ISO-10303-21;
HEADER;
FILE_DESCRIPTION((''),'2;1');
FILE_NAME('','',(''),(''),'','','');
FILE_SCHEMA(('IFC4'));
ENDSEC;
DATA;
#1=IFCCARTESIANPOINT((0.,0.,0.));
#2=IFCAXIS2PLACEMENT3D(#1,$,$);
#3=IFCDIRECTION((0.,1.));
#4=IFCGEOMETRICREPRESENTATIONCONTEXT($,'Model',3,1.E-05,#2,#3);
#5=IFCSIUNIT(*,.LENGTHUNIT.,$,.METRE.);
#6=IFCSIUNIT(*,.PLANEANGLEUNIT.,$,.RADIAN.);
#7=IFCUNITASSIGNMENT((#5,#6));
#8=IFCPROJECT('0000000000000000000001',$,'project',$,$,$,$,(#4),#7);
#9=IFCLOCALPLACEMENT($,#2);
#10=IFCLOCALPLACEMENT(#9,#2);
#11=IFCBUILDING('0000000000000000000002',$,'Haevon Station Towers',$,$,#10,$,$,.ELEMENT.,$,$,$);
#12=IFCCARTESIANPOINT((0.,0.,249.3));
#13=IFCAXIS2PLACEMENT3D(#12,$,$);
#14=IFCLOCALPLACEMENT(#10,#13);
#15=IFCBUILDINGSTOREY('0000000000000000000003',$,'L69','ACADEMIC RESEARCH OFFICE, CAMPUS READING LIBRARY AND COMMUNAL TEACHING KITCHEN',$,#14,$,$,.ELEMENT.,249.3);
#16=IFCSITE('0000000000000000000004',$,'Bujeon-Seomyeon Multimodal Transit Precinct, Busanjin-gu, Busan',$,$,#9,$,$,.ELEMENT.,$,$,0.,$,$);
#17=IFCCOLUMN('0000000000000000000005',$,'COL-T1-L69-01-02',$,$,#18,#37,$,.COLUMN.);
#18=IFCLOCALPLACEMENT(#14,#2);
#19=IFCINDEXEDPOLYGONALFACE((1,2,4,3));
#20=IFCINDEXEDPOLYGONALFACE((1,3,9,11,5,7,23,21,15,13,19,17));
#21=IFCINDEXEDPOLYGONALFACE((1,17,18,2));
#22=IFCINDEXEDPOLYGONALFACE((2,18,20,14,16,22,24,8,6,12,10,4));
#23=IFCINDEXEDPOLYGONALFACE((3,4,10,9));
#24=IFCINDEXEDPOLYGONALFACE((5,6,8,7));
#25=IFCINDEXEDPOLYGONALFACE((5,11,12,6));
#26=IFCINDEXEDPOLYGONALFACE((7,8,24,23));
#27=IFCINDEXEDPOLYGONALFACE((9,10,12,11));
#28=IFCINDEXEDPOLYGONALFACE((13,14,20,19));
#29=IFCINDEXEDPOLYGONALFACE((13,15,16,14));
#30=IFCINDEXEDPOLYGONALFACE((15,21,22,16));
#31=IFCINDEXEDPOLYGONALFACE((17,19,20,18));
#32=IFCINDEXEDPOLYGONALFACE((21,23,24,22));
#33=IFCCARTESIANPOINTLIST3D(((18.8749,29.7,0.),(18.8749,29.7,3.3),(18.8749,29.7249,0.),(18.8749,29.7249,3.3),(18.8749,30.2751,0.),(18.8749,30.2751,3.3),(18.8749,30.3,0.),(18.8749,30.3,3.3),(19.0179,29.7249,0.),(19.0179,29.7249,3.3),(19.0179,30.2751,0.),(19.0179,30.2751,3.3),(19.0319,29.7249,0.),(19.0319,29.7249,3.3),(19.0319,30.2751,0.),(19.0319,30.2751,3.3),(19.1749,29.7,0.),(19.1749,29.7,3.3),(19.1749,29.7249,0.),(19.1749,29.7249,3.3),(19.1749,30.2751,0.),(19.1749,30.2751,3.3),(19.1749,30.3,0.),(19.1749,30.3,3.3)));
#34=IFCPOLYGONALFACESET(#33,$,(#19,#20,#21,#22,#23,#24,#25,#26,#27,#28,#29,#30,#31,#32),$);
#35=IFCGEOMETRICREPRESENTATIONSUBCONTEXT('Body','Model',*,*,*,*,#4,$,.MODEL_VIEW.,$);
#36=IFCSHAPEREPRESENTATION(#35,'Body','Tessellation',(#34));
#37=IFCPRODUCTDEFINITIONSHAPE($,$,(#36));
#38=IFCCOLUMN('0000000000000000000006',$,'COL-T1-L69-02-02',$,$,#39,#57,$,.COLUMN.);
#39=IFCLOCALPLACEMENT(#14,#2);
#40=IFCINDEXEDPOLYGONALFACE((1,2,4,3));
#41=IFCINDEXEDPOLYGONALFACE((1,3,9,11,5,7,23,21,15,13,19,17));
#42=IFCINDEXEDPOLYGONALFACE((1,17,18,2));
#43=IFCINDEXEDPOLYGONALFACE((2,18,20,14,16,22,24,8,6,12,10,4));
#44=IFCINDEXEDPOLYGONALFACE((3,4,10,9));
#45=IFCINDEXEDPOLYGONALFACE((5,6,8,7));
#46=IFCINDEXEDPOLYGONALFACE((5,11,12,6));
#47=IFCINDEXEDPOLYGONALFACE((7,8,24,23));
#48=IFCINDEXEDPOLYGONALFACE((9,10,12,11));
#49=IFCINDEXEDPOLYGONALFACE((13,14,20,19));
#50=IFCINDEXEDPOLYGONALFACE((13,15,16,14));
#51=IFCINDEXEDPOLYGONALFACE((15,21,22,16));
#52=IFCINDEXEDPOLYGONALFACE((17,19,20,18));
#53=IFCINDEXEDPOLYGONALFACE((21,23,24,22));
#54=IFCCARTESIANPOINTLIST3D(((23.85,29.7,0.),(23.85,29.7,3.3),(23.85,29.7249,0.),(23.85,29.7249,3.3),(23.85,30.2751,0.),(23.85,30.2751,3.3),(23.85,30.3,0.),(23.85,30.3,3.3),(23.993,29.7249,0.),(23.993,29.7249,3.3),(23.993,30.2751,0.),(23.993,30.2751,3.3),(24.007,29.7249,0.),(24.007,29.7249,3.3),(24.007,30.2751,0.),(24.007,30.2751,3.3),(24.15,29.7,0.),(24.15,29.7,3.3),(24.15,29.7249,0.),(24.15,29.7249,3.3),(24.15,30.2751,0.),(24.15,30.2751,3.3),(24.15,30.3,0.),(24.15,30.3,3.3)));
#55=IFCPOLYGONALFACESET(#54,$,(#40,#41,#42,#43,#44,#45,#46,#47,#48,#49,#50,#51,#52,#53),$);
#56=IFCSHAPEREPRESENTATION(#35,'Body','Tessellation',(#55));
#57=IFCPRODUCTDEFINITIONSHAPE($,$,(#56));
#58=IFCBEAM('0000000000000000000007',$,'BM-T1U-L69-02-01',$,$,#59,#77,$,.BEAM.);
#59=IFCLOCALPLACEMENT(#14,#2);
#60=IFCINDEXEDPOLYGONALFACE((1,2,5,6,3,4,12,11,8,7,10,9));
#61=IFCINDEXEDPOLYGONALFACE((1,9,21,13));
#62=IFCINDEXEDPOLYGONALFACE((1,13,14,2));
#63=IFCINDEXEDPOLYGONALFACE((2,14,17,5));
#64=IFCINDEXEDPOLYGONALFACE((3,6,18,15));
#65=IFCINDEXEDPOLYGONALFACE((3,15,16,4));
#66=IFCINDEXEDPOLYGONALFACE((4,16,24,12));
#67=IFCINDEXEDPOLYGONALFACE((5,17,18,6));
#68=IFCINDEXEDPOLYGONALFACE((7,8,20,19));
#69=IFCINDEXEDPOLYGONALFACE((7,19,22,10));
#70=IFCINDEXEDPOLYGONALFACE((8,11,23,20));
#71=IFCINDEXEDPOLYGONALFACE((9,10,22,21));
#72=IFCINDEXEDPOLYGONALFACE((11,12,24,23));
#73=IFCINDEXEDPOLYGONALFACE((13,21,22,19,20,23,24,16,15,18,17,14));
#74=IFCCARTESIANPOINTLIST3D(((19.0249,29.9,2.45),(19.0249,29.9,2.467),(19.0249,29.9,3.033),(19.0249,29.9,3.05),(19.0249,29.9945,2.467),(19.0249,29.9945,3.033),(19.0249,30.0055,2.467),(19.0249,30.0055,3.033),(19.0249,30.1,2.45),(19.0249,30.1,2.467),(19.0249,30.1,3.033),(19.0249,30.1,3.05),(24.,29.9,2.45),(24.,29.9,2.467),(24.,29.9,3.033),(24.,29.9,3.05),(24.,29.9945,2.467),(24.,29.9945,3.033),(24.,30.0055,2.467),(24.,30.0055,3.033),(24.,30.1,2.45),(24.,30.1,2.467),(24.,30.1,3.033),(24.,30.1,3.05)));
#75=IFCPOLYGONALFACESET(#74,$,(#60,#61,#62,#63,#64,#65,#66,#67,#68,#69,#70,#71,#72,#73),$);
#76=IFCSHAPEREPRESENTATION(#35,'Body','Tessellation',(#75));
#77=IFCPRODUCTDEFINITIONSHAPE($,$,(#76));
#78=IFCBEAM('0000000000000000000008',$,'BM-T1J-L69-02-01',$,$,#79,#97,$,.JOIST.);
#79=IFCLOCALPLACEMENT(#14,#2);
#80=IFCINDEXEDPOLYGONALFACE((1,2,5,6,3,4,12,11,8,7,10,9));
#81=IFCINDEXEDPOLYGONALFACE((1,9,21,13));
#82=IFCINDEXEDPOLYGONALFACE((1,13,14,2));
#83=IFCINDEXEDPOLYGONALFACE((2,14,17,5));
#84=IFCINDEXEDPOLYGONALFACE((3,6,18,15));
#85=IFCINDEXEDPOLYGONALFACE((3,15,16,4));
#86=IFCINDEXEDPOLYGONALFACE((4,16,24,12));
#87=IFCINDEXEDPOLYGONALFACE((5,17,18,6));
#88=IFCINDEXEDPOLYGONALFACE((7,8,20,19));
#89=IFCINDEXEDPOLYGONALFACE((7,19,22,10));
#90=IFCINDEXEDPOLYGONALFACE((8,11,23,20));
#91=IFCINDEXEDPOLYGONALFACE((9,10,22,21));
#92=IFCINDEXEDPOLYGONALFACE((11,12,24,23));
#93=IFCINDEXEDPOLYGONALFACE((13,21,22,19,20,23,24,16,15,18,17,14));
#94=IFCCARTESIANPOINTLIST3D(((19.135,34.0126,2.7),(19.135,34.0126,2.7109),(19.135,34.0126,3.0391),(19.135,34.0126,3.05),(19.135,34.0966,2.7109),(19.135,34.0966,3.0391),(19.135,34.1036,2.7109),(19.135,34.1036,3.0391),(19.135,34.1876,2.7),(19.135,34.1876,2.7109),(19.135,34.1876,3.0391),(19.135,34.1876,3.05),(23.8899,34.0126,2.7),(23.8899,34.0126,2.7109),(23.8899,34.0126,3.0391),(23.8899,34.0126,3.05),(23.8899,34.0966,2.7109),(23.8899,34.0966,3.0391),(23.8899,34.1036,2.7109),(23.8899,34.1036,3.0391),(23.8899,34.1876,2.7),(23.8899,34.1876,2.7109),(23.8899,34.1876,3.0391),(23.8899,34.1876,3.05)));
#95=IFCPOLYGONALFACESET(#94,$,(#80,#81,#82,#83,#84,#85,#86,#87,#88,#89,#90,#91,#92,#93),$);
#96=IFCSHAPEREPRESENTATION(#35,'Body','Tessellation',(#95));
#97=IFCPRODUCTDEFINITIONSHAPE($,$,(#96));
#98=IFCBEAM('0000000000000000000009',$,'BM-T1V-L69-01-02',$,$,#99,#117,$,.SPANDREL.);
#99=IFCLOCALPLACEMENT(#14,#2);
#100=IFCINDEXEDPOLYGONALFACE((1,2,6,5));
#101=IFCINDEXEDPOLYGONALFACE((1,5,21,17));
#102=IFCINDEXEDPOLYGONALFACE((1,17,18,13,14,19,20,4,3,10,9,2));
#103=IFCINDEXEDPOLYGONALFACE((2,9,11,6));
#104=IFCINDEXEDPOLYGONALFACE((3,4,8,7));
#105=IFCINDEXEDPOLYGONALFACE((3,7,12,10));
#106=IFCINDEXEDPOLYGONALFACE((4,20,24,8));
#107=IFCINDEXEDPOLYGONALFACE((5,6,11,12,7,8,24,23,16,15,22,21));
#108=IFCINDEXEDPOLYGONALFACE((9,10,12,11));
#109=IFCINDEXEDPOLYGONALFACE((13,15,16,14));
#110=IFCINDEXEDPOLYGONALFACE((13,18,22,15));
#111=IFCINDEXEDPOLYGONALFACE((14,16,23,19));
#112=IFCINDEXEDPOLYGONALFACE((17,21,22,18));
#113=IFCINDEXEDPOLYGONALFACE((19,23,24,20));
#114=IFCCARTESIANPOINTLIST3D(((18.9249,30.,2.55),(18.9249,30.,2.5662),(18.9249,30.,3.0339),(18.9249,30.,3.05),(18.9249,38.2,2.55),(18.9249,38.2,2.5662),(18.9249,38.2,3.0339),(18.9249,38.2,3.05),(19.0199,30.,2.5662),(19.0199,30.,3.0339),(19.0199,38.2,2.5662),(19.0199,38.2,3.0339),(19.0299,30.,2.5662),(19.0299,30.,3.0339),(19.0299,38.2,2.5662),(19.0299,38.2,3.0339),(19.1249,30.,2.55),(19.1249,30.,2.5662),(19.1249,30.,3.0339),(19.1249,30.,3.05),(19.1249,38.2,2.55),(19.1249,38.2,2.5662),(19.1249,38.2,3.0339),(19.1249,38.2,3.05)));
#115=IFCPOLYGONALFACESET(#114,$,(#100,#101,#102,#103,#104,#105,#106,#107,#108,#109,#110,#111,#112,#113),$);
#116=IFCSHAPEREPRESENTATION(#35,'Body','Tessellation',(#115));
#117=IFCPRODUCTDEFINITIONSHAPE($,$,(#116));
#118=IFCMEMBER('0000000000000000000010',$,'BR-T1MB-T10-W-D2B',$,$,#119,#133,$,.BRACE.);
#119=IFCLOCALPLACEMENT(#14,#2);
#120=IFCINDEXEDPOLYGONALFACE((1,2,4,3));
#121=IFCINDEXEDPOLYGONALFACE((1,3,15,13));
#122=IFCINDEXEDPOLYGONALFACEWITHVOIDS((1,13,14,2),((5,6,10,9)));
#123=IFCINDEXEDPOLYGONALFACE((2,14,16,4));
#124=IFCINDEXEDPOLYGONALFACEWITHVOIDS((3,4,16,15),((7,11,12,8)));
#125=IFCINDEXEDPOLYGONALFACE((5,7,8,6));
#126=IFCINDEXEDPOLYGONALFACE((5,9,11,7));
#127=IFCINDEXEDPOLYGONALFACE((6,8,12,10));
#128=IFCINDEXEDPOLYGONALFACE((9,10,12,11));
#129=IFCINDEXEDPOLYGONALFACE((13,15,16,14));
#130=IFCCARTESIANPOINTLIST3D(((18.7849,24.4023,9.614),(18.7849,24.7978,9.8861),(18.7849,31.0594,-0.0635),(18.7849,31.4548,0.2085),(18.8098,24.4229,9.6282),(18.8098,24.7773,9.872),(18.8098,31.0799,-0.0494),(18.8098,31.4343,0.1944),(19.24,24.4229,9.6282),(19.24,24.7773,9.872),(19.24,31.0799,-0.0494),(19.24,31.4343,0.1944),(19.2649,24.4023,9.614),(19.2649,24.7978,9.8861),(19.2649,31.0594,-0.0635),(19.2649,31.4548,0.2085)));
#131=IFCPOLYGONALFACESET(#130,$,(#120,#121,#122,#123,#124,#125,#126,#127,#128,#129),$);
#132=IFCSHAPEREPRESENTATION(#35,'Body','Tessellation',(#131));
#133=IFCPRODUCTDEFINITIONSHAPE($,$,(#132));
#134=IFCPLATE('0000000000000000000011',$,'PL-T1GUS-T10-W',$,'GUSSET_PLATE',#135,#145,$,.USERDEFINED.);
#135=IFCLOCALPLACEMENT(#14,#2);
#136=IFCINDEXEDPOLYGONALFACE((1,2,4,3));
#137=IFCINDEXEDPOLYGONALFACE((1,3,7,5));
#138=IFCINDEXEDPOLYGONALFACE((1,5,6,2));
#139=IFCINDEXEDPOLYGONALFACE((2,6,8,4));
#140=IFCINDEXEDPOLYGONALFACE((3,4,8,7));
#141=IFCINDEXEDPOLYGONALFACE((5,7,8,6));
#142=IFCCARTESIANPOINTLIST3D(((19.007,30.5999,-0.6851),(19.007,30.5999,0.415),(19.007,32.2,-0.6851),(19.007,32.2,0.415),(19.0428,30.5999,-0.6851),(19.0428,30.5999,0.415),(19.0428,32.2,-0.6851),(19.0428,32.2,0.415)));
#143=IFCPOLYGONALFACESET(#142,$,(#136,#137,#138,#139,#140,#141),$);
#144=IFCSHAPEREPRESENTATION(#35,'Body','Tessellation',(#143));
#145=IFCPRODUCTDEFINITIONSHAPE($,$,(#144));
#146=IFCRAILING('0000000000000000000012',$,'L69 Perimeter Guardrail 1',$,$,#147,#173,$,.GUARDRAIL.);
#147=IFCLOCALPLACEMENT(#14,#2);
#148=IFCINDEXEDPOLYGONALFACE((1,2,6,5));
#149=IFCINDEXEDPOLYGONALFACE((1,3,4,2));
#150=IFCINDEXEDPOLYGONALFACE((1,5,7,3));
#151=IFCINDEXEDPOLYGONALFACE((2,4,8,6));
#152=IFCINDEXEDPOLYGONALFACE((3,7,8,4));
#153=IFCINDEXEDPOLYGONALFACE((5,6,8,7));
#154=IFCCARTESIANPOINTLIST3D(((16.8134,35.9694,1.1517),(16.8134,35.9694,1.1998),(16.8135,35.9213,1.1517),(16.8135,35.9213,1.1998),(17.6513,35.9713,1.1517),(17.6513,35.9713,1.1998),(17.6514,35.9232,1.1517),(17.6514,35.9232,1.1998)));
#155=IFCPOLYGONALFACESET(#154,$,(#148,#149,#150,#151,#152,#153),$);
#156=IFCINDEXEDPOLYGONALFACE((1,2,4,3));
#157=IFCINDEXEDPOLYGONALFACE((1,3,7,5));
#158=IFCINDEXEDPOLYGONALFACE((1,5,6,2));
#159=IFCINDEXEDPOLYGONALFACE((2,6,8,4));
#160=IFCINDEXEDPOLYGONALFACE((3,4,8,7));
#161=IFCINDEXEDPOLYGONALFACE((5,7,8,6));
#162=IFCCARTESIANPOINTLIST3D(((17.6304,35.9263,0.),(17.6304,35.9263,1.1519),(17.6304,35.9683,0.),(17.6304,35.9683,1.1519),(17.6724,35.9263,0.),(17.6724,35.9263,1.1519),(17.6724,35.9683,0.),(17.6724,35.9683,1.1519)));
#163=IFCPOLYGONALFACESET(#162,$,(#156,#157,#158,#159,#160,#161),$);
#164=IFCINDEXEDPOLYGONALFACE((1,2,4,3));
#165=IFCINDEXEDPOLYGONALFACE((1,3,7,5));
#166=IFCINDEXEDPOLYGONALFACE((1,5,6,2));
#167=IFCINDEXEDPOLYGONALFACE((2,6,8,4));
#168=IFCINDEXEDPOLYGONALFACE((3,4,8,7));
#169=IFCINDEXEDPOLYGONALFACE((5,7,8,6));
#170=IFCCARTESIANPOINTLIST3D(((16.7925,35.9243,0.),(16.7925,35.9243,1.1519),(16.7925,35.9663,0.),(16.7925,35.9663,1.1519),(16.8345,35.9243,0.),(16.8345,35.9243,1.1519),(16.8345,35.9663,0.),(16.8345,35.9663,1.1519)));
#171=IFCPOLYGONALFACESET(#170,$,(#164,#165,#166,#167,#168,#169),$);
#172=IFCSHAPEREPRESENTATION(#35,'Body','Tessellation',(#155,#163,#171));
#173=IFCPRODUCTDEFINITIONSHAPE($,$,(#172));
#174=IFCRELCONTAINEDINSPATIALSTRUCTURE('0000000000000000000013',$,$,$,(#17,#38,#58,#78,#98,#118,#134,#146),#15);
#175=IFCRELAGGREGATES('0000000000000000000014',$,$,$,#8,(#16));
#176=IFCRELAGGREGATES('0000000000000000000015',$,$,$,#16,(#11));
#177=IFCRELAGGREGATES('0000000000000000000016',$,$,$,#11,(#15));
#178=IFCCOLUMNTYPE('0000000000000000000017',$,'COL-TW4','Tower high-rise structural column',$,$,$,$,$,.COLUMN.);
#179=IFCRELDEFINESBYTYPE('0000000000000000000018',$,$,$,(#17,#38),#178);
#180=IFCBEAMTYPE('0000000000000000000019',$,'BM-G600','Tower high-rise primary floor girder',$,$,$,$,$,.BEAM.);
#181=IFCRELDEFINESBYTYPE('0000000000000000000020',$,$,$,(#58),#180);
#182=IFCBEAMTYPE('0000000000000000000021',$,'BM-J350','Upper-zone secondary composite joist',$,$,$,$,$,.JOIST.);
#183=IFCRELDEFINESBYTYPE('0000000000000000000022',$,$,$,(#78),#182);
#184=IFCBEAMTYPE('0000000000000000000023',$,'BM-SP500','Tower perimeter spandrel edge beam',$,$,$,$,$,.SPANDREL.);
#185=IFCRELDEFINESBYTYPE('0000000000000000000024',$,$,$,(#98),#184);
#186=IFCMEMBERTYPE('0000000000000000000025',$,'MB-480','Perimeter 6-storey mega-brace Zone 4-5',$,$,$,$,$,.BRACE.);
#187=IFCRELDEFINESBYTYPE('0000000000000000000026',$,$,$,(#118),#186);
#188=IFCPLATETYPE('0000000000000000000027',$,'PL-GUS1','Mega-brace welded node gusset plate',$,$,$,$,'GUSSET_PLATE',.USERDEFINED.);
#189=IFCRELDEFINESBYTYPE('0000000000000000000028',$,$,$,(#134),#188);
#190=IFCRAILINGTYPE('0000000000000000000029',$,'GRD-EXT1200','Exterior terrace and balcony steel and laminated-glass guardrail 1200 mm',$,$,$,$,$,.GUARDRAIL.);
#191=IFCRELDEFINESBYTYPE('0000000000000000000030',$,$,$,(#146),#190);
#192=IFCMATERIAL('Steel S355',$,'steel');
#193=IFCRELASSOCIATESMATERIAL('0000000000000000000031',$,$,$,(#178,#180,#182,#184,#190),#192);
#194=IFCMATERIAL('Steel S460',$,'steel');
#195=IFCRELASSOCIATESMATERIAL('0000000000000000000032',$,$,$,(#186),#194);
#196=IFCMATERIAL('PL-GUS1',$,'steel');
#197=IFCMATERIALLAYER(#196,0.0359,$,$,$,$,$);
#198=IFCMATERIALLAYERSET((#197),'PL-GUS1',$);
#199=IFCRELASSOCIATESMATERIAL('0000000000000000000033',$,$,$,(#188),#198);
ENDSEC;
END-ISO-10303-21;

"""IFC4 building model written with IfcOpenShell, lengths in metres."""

from ifc_helpers import new_model, si_unit, direction, frame, origin, origin_2d, place, context, subcontext, project, spatial, rectangle, hollow_rectangle, i_section, extrude, material, layer, layer_set, material_profile, profile_set, type_object, element, save


model = new_model("IFC4")

# Units and contexts
model_context = context("Model", 3, precision=1e-05, world=origin(), true_north=direction((0.0, 1.0)))
body_context = subcontext(model_context, "Body", "Model", "MODEL_VIEW")
ifc_project = project(units=[si_unit("LENGTHUNIT", "METRE"), si_unit("PLANEANGLEUNIT", "RADIAN")], contexts=[model_context])

# Site, building, storey
site_placement = place(None, origin())
site = spatial("IfcSite", under=ifc_project, at=site_placement, Name="Bujeon-Seomyeon Multimodal Transit Precinct, Busanjin-gu, Busan", CompositionType="ELEMENT", RefElevation=0.0)
building_placement = place(site_placement, origin())
building = spatial("IfcBuilding", under=site, at=building_placement, Name="Haevon Station Towers", CompositionType="ELEMENT")
storey_placement = place(building_placement, frame((0.0, 0.0, 249.3)))
storey = spatial("IfcBuildingStorey", under=building, at=storey_placement, Name="L69", Description="ACADEMIC RESEARCH OFFICE, CAMPUS READING LIBRARY AND COMMUNAL TEACHING KITCHEN", CompositionType="ELEMENT", Elevation=249.3)

# Columns
ifc_material_1 = material(Name="Steel S355", Category="steel")
ifc_material_profile_1 = material_profile(ifc_material_1, i_section(OverallWidth=0.3, OverallDepth=0.6001, WebThickness=0.0139, FlangeThickness=0.0249, at=origin_2d()), Name="H-600x300x14x25")
ifc_profile_set_1 = profile_set([ifc_material_profile_1], Name="Steel S355")
column_type = type_object("IfcColumnType", Name="COL-TW4", Description="Tower high-rise structural column", PredefinedType="COLUMN", material=ifc_profile_set_1)
for number, where, z_axis, x_axis, name in (
    (1, (19.0249, 30.0, 0.0), (0.0, 0.0, 1.0), (1.0, 0.0, 0.0), "COL-T1-L69-01-02"),
    (2, (24.0, 30.0, 0.0), (0.0, 0.0, 1.0), (1.0, 0.0, 0.0), "COL-T1-L69-02-02"),
):
    element("IfcColumn", number, at=place(storey_placement, frame(where, z_axis=z_axis, x_axis=x_axis)), inside=storey, type_object=column_type, Name=name, PredefinedType="COLUMN", context=body_context, shape_type="SweptSolid", body=[
        extrude(i_section(OverallWidth=0.3, OverallDepth=0.6001, WebThickness=0.0139, FlangeThickness=0.0249, at=origin_2d()), origin(), (0.0, 0.0, 1.0), 3.3),
    ])

# Beams
ifc_material_profile_2 = material_profile(ifc_material_1, i_section(OverallWidth=0.2, OverallDepth=0.6001, WebThickness=0.011, FlangeThickness=0.0171, at=origin_2d()), Name="H-600x200x11x17")
ifc_profile_set_2 = profile_set([ifc_material_profile_2], Name="Steel S355")
beam_type_1 = type_object("IfcBeamType", Name="BM-G600", Description="Tower high-rise primary floor girder", PredefinedType="BEAM", material=ifc_profile_set_2)
beam_1_placement = place(storey_placement, frame((19.0249, 30.0, 2.75), z_axis=(1.0, 0.0, 0.0), x_axis=(0.0, 1.0, 0.0)))
element("IfcBeam", 3, at=beam_1_placement, inside=storey, type_object=beam_type_1, Name="BM-T1U-L69-02-01", PredefinedType="BEAM", context=body_context, shape_type="SweptSolid", body=[
    extrude(i_section(OverallWidth=0.2, OverallDepth=0.6001, WebThickness=0.011, FlangeThickness=0.0171, at=origin_2d()), origin(), (0.0, 0.0, 1.0), 4.9751),
])
ifc_material_profile_3 = material_profile(ifc_material_1, i_section(OverallWidth=0.175, OverallDepth=0.3501, WebThickness=0.0071, FlangeThickness=0.011, at=origin_2d()), Name="H-350x175x7x11")
ifc_profile_set_3 = profile_set([ifc_material_profile_3], Name="Steel S355")
beam_type_2 = type_object("IfcBeamType", Name="BM-J350", Description="Upper-zone secondary composite joist", PredefinedType="JOIST", material=ifc_profile_set_3)
beam_2_placement = place(storey_placement, frame((19.135, 34.1001, 2.875), z_axis=(1.0, 0.0, 0.0), x_axis=(0.0, 1.0, 0.0)))
element("IfcBeam", 4, at=beam_2_placement, inside=storey, type_object=beam_type_2, Name="BM-T1J-L69-02-01", PredefinedType="JOIST", context=body_context, shape_type="SweptSolid", body=[
    extrude(i_section(OverallWidth=0.175, OverallDepth=0.3501, WebThickness=0.0071, FlangeThickness=0.011, at=origin_2d()), origin(), (0.0, 0.0, 1.0), 4.7549),
])
ifc_material_profile_4 = material_profile(ifc_material_1, i_section(OverallWidth=0.2, OverallDepth=0.5, WebThickness=0.01, FlangeThickness=0.0161, at=origin_2d()), Name="H-500x200x10x16")
ifc_profile_set_4 = profile_set([ifc_material_profile_4], Name="Steel S355")
beam_type_3 = type_object("IfcBeamType", Name="BM-SP500", Description="Tower perimeter spandrel edge beam", PredefinedType="SPANDREL", material=ifc_profile_set_4)
beam_3_placement = place(storey_placement, frame((19.0249, 30.0, 2.8), z_axis=(0.0, 1.0, 0.0), x_axis=(-1.0, 0.0, 0.0)))
element("IfcBeam", 5, at=beam_3_placement, inside=storey, type_object=beam_type_3, Name="BM-T1V-L69-01-02", PredefinedType="SPANDREL", context=body_context, shape_type="SweptSolid", body=[
    extrude(i_section(OverallWidth=0.2, OverallDepth=0.5, WebThickness=0.01, FlangeThickness=0.0161, at=origin_2d()), origin(), (0.0, 0.0, 1.0), 8.2),
])

# Member
ifc_material_2 = material(Name="Steel S460", Category="steel")
ifc_material_profile_5 = material_profile(ifc_material_2, hollow_rectangle(XDim=0.48, YDim=0.48, WallThickness=0.0249, at=origin_2d()), Name="RHS-480x480x25")
ifc_profile_set_5 = profile_set([ifc_material_profile_5], Name="Steel S460")
member_type = type_object("IfcMemberType", Name="MB-480", Description="Perimeter 6-storey mega-brace Zone 4-5", PredefinedType="BRACE", material=ifc_profile_set_5)
member_placement = place(storey_placement, frame((19.0249, 31.2571, 0.0725), z_axis=(0.0, -0.566743, 0.823895), x_axis=(1.0, 0.0, 0.0)))
element("IfcMember", 6, at=member_placement, inside=storey, type_object=member_type, Name="BR-T1MB-T10-W-D2B", PredefinedType="BRACE", context=body_context, shape_type="SweptSolid", body=[
    extrude(hollow_rectangle(XDim=0.48, YDim=0.48, WallThickness=0.0249, at=origin_2d()), origin(), (0.0, 0.0, 1.0), 11.7461),
])

# Plate
ifc_material_3 = material(Name="PL-GUS1", Category="steel")
ifc_layer = layer(ifc_material_3, 0.0359)
ifc_layer_set = layer_set([ifc_layer], Name="PL-GUS1")
plate_type = type_object("IfcPlateType", Name="PL-GUS1", Description="Mega-brace welded node gusset plate", ElementType="GUSSET_PLATE", PredefinedType="USERDEFINED", material=ifc_layer_set)
plate_placement = place(storey_placement, frame((19.0249, 31.3999, -0.6851), z_axis=(0.0, 0.0, 1.0), x_axis=(0.0, 1.0, 0.0)))
element("IfcPlate", 7, at=plate_placement, inside=storey, type_object=plate_type, Name="PL-T1GUS-T10-W", ObjectType="GUSSET_PLATE", PredefinedType="USERDEFINED", context=body_context, shape_type="SweptSolid", body=[
    extrude(rectangle(XDim=1.6001, YDim=0.0359, at=origin_2d()), origin(), (0.0, 0.0, 1.0), 1.1001),
])

# Railing
railing_type = type_object("IfcRailingType", Name="GRD-EXT1200", Description="Exterior terrace and balcony steel and laminated-glass guardrail 1200 mm", PredefinedType="GUARDRAIL", material=ifc_material_1)
railing_1_placement = place(storey_placement, frame((17.6514, 35.9473, 0.0)))
element("IfcRailing", 8, at=railing_1_placement, inside=storey, type_object=railing_type, Name="L69 Perimeter Guardrail 1", PredefinedType="GUARDRAIL", context=body_context, shape_type="SweptSolid", body=[
    extrude(rectangle(XDim=0.0481, YDim=0.0481, at=origin_2d()), frame((0.0, 0.0, 1.1758), z_axis=(-0.999997, -0.002331, 0.0), x_axis=(0.002331, -0.999997, 0.0)), (0.0, 0.0, 1.0), 0.8379),
    extrude(rectangle(XDim=0.042, YDim=0.042, at=origin_2d()), origin(), (0.0, 0.0, 1.0), 1.1519),
    extrude(rectangle(XDim=0.042, YDim=0.042, at=origin_2d()), frame((-0.8379, -0.002, 0.0)), (0.0, 0.0, 1.0), 1.1519),
])

save(model, "model.ifc")
